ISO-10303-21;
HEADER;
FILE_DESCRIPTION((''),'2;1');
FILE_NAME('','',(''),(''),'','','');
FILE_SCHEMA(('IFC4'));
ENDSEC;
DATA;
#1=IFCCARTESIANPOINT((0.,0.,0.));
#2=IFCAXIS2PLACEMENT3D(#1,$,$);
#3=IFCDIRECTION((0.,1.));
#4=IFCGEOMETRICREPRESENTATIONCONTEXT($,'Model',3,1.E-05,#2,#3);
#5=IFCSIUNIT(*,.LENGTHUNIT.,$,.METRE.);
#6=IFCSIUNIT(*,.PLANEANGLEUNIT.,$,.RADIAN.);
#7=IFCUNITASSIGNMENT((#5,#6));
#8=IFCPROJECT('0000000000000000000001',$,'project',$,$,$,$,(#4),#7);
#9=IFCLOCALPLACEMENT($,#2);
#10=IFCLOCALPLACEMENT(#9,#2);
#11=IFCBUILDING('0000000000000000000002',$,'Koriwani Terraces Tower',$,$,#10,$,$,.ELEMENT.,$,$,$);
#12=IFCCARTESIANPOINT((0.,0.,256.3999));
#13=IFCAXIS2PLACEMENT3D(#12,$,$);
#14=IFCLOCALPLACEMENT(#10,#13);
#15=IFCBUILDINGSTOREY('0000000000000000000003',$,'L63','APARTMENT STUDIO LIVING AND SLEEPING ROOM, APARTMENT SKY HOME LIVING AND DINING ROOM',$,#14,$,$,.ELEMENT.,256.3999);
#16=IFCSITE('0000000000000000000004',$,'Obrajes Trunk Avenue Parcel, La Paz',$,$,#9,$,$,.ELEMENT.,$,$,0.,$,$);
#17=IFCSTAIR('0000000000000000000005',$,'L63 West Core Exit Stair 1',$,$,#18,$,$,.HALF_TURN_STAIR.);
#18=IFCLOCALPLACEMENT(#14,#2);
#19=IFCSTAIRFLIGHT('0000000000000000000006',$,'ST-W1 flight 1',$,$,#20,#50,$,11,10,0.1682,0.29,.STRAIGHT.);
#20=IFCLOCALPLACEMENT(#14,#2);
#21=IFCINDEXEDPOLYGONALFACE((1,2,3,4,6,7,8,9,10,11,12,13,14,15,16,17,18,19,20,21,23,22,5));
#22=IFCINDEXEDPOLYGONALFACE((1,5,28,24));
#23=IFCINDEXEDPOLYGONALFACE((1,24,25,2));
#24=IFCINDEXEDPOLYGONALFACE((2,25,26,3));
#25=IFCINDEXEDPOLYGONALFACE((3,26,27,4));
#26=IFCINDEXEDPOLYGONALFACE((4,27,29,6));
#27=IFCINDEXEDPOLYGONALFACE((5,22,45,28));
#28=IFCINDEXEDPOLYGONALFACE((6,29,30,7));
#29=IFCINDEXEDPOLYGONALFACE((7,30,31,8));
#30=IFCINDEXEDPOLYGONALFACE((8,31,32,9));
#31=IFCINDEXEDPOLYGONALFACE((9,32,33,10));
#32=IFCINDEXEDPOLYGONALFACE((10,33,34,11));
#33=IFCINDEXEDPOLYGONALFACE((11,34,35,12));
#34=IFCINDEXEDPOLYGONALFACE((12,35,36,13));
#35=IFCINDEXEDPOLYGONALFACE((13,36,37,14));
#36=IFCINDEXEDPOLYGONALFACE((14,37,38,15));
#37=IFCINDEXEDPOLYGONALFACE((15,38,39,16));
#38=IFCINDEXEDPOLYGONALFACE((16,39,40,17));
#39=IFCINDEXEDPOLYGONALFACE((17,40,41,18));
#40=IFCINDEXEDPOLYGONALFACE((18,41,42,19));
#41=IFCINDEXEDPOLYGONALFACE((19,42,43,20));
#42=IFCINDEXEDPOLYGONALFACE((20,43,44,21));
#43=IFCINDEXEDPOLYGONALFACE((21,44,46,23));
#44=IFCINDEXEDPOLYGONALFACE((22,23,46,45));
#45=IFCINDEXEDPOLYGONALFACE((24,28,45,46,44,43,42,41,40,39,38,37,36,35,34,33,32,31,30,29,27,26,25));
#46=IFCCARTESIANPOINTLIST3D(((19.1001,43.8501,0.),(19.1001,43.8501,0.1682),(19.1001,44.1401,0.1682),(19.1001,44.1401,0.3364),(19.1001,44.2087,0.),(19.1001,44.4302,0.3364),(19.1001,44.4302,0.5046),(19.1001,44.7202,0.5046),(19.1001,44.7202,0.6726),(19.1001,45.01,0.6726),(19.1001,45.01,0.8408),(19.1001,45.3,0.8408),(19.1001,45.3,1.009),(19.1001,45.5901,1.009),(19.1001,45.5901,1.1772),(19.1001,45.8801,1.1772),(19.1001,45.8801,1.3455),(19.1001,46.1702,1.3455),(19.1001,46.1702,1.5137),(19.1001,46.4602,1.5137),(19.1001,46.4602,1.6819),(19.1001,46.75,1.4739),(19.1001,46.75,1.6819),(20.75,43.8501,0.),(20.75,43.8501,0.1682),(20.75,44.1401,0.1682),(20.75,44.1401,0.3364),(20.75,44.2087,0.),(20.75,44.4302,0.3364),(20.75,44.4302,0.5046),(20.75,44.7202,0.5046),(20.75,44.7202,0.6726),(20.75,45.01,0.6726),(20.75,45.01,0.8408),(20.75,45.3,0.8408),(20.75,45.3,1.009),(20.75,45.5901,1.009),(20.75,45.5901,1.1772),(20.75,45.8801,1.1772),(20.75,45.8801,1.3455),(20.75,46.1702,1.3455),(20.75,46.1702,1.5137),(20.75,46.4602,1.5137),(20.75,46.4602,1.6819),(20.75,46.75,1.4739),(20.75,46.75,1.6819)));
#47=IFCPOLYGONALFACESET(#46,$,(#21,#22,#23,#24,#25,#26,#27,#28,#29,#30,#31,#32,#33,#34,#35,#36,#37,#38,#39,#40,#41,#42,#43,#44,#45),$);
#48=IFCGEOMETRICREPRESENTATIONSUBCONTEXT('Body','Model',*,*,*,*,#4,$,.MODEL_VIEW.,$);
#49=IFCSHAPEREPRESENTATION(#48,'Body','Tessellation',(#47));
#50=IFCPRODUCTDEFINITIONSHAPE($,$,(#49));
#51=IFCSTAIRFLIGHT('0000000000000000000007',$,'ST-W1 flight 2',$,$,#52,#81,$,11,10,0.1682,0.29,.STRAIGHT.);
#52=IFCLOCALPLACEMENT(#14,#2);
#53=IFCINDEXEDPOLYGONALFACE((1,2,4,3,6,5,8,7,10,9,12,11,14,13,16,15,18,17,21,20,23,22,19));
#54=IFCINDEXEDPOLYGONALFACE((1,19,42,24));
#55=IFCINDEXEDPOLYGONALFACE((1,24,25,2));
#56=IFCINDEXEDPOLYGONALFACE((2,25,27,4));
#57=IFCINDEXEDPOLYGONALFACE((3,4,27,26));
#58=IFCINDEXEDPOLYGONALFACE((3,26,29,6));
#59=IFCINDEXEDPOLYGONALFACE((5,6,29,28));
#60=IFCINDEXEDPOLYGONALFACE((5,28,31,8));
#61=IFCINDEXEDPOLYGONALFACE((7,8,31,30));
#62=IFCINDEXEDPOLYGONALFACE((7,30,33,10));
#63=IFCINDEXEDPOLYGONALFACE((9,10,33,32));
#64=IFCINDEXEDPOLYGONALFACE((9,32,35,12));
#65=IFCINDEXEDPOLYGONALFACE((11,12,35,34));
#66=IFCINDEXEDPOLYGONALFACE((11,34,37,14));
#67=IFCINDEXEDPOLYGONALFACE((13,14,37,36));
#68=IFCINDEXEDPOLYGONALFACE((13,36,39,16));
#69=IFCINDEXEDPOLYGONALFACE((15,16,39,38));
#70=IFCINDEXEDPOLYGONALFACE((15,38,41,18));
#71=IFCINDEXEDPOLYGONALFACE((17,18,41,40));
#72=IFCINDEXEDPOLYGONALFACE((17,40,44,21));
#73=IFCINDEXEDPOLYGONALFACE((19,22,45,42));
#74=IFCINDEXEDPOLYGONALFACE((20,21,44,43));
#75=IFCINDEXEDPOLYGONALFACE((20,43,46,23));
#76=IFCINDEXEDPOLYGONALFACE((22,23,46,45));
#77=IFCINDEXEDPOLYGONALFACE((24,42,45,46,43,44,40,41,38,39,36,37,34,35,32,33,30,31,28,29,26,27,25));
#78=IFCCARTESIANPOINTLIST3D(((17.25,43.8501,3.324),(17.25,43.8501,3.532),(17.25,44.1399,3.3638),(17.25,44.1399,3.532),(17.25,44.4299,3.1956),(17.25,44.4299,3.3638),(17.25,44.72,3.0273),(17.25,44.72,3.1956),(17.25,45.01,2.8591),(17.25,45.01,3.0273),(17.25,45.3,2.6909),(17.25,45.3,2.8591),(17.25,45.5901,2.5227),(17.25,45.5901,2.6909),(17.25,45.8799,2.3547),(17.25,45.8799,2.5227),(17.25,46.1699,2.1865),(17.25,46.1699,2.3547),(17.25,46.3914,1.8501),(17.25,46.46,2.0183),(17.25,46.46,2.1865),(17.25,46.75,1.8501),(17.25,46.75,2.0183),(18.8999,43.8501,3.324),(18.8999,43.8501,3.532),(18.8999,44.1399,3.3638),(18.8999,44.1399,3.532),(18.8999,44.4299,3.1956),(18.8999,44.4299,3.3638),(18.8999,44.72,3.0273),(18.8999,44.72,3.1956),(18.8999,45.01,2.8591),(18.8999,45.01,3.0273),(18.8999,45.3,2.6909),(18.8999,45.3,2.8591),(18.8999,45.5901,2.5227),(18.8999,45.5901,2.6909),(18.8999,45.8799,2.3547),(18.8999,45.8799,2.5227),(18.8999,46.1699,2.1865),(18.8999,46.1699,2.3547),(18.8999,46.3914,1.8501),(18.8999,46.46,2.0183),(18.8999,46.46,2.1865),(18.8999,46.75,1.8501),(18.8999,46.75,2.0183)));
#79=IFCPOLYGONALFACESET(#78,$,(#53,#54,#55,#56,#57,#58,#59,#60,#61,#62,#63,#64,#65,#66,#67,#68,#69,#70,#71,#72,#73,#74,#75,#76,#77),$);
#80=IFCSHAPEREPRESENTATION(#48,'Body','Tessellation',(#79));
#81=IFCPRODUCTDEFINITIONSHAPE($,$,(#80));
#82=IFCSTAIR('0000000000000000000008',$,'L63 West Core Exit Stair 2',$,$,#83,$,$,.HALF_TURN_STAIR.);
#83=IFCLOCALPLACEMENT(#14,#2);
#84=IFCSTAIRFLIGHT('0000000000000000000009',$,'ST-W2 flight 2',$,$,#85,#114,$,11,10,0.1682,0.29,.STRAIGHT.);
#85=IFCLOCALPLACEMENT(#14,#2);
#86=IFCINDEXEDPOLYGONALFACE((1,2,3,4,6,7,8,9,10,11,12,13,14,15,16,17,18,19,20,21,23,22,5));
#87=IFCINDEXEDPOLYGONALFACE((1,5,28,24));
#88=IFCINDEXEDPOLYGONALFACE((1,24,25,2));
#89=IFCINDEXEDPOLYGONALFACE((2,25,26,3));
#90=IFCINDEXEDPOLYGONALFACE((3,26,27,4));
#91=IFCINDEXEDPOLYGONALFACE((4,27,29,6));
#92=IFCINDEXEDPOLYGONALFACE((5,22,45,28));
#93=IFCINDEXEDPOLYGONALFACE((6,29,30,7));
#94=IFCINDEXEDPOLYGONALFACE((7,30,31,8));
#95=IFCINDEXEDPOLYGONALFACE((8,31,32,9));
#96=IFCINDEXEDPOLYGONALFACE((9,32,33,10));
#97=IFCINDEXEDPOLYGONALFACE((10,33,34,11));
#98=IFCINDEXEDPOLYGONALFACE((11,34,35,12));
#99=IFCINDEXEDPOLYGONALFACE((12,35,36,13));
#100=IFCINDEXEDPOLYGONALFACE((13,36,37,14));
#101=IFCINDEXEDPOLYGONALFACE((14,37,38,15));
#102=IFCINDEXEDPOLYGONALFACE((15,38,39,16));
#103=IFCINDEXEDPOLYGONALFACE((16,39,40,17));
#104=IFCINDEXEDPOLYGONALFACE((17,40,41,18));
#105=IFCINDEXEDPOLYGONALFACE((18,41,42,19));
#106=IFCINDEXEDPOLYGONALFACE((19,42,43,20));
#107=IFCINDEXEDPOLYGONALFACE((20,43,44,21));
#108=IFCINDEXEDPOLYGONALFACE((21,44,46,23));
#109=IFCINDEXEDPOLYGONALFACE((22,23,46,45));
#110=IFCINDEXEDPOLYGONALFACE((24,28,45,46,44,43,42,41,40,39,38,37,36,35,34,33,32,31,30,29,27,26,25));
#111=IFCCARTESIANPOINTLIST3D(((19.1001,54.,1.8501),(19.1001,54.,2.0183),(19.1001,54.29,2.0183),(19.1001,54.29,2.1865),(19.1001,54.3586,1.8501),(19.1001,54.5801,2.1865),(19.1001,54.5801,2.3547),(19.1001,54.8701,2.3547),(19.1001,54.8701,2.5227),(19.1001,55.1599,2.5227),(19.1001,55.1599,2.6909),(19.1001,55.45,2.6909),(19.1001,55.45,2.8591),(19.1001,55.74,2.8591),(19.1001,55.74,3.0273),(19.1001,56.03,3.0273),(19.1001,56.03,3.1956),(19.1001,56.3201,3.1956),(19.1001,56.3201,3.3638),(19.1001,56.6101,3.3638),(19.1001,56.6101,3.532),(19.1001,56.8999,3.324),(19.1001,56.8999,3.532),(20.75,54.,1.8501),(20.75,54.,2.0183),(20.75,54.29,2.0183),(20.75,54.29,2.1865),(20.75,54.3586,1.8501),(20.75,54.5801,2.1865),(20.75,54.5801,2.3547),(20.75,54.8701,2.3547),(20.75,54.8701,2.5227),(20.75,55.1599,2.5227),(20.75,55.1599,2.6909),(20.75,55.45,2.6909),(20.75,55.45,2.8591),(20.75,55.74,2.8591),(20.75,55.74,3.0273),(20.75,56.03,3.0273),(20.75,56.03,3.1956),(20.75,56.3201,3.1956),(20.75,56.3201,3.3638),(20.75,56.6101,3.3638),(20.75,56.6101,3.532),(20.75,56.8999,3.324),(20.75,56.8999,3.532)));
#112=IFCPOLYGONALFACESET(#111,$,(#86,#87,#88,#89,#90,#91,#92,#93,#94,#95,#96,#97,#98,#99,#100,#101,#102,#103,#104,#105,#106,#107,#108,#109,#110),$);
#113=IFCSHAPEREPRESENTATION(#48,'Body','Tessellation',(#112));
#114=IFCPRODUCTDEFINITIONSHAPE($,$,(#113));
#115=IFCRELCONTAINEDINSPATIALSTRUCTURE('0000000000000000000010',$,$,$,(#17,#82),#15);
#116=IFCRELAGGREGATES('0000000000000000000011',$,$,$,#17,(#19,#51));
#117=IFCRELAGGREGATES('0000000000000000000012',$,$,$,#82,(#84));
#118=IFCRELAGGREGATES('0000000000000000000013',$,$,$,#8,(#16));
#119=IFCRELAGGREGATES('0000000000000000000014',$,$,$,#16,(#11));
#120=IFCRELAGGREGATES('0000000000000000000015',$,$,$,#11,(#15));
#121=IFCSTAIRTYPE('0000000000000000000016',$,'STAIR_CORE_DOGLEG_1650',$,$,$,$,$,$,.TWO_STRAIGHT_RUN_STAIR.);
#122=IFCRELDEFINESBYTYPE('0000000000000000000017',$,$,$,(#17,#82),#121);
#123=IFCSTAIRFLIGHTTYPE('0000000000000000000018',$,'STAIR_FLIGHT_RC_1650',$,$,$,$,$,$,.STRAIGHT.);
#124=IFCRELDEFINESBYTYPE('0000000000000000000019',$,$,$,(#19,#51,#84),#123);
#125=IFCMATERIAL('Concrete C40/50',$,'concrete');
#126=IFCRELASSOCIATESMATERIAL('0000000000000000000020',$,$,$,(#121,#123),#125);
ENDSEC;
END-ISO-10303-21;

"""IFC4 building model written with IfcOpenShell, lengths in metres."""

from ifc_helpers import new_model, si_unit, direction, frame, origin, place, context, subcontext, project, spatial, polyline, outline, extrude, material, type_object, element, aggregate, save


model = new_model("IFC4")

# Units and contexts
model_context = context("Model", 3, precision=1e-05, world=origin(), true_north=direction((0.0, 1.0)))
body_context = subcontext(model_context, "Body", "Model", "MODEL_VIEW")
ifc_project = project(units=[si_unit("LENGTHUNIT", "METRE"), si_unit("PLANEANGLEUNIT", "RADIAN")], contexts=[model_context])

# Site, building, storey
site_placement = place(None, origin())
site = spatial("IfcSite", under=ifc_project, at=site_placement, Name="Obrajes Trunk Avenue Parcel, La Paz", CompositionType="ELEMENT", RefElevation=0.0)
building_placement = place(site_placement, origin())
building = spatial("IfcBuilding", under=site, at=building_placement, Name="Koriwani Terraces Tower", CompositionType="ELEMENT")
storey_placement = place(building_placement, frame((0.0, 0.0, 256.3999)))
storey = spatial("IfcBuildingStorey", under=building, at=storey_placement, Name="L63", Description="APARTMENT STUDIO LIVING AND SLEEPING ROOM, APARTMENT SKY HOME LIVING AND DINING ROOM", CompositionType="ELEMENT", Elevation=256.3999)

# Shared definitions
ifc_material_1 = material(Name="Concrete C40/50", Category="concrete")

# Stair, stair flights
stair_type = type_object("IfcStairType", Name="STAIR_CORE_DOGLEG_1650", PredefinedType="TWO_STRAIGHT_RUN_STAIR", material=ifc_material_1)
stair_1_placement = place(storey_placement, origin())
stair_1 = element("IfcStair", 1, at=stair_1_placement, inside=storey, type_object=stair_type, Name="L63 West Core Exit Stair 1", PredefinedType="HALF_TURN_STAIR")
stair_flight_type = type_object("IfcStairFlightType", Name="STAIR_FLIGHT_RC_1650", PredefinedType="STRAIGHT", material=ifc_material_1)
stair_flight_1_placement = place(storey_placement, frame((19.925, 43.8501, 0.0), z_axis=(0.0, 0.0, 1.0), x_axis=(0.0, 1.0, 0.0)))
stair_flight_1 = element("IfcStairFlight", 2, at=stair_flight_1_placement, type_object=stair_flight_type, Name="ST-W1 flight 1", NumberOfRisers=11, NumberOfTreads=10, PredefinedType="STRAIGHT", RiserHeight=0.1682, TreadLength=0.29, context=body_context, shape_type="SweptSolid", body=[
    extrude(outline(polyline([(0.0, 0.0), (0.0, 0.1682), (0.29, 0.1682), (0.29, 0.3364), (0.5801, 0.3364), (0.5801, 0.5046), (0.8701, 0.5046), (0.8701, 0.6726), (1.1599, 0.6726), (1.1599, 0.8408), (1.45, 0.8408), (1.45, 1.009), (1.74, 1.009), (1.74, 1.1772), (2.03, 1.1772), (2.03, 1.3455), (2.3201, 1.3455), (2.3201, 1.5137), (2.6101, 1.5137), (2.6101, 1.6819), (2.8999, 1.6819), (2.8999, 1.8501), (2.8999, 1.4739), (0.3586, 0.0), (0.0, 0.0)])), frame((0.0, 0.825, 0.0), z_axis=(0.0, -1.0, 0.0), x_axis=(1.0, 0.0, 0.0)), (0.0, 0.0, 1.0), 1.6499),
])
stair_flight_2_placement = place(storey_placement, frame((18.075, 46.75, 1.8501), z_axis=(0.0, 0.0, 1.0), x_axis=(0.0, -1.0, 0.0)))
stair_flight_2 = element("IfcStairFlight", 3, at=stair_flight_2_placement, type_object=stair_flight_type, Name="ST-W1 flight 2", NumberOfRisers=11, NumberOfTreads=10, PredefinedType="STRAIGHT", RiserHeight=0.1682, TreadLength=0.29, context=body_context, shape_type="SweptSolid", body=[
    extrude(outline(polyline([(0.0, 0.0), (0.0, 0.1682), (0.29, 0.1682), (0.29, 0.3364), (0.5801, 0.3364), (0.5801, 0.5046), (0.8701, 0.5046), (0.8701, 0.6726), (1.1599, 0.6726), (1.1599, 0.8408), (1.45, 0.8408), (1.45, 1.009), (1.74, 1.009), (1.74, 1.1772), (2.03, 1.1772), (2.03, 1.3455), (2.3201, 1.3455), (2.3201, 1.5137), (2.6101, 1.5137), (2.6101, 1.6819), (2.8999, 1.6819), (2.8999, 1.8501), (2.8999, 1.4739), (0.3586, 0.0), (0.0, 0.0)])), frame((0.0, 0.825, 0.0), z_axis=(0.0, -1.0, 0.0), x_axis=(1.0, 0.0, 0.0)), (0.0, 0.0, 1.0), 1.6499),
])
aggregate(stair_1, [stair_flight_1, stair_flight_2])

# Stair, stair flight
stair_2_placement = place(storey_placement, origin())
stair_2 = element("IfcStair", 4, at=stair_2_placement, inside=storey, type_object=stair_type, Name="L63 West Core Exit Stair 2", PredefinedType="HALF_TURN_STAIR")
stair_flight_3_placement = place(storey_placement, frame((19.925, 54.0, 1.8501), z_axis=(0.0, 0.0, 1.0), x_axis=(0.0, 1.0, 0.0)))
stair_flight_3 = element("IfcStairFlight", 5, at=stair_flight_3_placement, type_object=stair_flight_type, Name="ST-W2 flight 2", NumberOfRisers=11, NumberOfTreads=10, PredefinedType="STRAIGHT", RiserHeight=0.1682, TreadLength=0.29, context=body_context, shape_type="SweptSolid", body=[
    extrude(outline(polyline([(0.0, 0.0), (0.0, 0.1682), (0.29, 0.1682), (0.29, 0.3364), (0.5801, 0.3364), (0.5801, 0.5046), (0.8701, 0.5046), (0.8701, 0.6726), (1.1599, 0.6726), (1.1599, 0.8408), (1.45, 0.8408), (1.45, 1.009), (1.74, 1.009), (1.74, 1.1772), (2.03, 1.1772), (2.03, 1.3455), (2.3201, 1.3455), (2.3201, 1.5137), (2.6101, 1.5137), (2.6101, 1.6819), (2.8999, 1.6819), (2.8999, 1.8501), (2.8999, 1.4739), (0.3586, 0.0), (0.0, 0.0)])), frame((0.0, 0.825, 0.0), z_axis=(0.0, -1.0, 0.0), x_axis=(1.0, 0.0, 0.0)), (0.0, 0.0, 1.0), 1.6499),
])
aggregate(stair_2, [stair_flight_3])

save(model, "model.ifc")
